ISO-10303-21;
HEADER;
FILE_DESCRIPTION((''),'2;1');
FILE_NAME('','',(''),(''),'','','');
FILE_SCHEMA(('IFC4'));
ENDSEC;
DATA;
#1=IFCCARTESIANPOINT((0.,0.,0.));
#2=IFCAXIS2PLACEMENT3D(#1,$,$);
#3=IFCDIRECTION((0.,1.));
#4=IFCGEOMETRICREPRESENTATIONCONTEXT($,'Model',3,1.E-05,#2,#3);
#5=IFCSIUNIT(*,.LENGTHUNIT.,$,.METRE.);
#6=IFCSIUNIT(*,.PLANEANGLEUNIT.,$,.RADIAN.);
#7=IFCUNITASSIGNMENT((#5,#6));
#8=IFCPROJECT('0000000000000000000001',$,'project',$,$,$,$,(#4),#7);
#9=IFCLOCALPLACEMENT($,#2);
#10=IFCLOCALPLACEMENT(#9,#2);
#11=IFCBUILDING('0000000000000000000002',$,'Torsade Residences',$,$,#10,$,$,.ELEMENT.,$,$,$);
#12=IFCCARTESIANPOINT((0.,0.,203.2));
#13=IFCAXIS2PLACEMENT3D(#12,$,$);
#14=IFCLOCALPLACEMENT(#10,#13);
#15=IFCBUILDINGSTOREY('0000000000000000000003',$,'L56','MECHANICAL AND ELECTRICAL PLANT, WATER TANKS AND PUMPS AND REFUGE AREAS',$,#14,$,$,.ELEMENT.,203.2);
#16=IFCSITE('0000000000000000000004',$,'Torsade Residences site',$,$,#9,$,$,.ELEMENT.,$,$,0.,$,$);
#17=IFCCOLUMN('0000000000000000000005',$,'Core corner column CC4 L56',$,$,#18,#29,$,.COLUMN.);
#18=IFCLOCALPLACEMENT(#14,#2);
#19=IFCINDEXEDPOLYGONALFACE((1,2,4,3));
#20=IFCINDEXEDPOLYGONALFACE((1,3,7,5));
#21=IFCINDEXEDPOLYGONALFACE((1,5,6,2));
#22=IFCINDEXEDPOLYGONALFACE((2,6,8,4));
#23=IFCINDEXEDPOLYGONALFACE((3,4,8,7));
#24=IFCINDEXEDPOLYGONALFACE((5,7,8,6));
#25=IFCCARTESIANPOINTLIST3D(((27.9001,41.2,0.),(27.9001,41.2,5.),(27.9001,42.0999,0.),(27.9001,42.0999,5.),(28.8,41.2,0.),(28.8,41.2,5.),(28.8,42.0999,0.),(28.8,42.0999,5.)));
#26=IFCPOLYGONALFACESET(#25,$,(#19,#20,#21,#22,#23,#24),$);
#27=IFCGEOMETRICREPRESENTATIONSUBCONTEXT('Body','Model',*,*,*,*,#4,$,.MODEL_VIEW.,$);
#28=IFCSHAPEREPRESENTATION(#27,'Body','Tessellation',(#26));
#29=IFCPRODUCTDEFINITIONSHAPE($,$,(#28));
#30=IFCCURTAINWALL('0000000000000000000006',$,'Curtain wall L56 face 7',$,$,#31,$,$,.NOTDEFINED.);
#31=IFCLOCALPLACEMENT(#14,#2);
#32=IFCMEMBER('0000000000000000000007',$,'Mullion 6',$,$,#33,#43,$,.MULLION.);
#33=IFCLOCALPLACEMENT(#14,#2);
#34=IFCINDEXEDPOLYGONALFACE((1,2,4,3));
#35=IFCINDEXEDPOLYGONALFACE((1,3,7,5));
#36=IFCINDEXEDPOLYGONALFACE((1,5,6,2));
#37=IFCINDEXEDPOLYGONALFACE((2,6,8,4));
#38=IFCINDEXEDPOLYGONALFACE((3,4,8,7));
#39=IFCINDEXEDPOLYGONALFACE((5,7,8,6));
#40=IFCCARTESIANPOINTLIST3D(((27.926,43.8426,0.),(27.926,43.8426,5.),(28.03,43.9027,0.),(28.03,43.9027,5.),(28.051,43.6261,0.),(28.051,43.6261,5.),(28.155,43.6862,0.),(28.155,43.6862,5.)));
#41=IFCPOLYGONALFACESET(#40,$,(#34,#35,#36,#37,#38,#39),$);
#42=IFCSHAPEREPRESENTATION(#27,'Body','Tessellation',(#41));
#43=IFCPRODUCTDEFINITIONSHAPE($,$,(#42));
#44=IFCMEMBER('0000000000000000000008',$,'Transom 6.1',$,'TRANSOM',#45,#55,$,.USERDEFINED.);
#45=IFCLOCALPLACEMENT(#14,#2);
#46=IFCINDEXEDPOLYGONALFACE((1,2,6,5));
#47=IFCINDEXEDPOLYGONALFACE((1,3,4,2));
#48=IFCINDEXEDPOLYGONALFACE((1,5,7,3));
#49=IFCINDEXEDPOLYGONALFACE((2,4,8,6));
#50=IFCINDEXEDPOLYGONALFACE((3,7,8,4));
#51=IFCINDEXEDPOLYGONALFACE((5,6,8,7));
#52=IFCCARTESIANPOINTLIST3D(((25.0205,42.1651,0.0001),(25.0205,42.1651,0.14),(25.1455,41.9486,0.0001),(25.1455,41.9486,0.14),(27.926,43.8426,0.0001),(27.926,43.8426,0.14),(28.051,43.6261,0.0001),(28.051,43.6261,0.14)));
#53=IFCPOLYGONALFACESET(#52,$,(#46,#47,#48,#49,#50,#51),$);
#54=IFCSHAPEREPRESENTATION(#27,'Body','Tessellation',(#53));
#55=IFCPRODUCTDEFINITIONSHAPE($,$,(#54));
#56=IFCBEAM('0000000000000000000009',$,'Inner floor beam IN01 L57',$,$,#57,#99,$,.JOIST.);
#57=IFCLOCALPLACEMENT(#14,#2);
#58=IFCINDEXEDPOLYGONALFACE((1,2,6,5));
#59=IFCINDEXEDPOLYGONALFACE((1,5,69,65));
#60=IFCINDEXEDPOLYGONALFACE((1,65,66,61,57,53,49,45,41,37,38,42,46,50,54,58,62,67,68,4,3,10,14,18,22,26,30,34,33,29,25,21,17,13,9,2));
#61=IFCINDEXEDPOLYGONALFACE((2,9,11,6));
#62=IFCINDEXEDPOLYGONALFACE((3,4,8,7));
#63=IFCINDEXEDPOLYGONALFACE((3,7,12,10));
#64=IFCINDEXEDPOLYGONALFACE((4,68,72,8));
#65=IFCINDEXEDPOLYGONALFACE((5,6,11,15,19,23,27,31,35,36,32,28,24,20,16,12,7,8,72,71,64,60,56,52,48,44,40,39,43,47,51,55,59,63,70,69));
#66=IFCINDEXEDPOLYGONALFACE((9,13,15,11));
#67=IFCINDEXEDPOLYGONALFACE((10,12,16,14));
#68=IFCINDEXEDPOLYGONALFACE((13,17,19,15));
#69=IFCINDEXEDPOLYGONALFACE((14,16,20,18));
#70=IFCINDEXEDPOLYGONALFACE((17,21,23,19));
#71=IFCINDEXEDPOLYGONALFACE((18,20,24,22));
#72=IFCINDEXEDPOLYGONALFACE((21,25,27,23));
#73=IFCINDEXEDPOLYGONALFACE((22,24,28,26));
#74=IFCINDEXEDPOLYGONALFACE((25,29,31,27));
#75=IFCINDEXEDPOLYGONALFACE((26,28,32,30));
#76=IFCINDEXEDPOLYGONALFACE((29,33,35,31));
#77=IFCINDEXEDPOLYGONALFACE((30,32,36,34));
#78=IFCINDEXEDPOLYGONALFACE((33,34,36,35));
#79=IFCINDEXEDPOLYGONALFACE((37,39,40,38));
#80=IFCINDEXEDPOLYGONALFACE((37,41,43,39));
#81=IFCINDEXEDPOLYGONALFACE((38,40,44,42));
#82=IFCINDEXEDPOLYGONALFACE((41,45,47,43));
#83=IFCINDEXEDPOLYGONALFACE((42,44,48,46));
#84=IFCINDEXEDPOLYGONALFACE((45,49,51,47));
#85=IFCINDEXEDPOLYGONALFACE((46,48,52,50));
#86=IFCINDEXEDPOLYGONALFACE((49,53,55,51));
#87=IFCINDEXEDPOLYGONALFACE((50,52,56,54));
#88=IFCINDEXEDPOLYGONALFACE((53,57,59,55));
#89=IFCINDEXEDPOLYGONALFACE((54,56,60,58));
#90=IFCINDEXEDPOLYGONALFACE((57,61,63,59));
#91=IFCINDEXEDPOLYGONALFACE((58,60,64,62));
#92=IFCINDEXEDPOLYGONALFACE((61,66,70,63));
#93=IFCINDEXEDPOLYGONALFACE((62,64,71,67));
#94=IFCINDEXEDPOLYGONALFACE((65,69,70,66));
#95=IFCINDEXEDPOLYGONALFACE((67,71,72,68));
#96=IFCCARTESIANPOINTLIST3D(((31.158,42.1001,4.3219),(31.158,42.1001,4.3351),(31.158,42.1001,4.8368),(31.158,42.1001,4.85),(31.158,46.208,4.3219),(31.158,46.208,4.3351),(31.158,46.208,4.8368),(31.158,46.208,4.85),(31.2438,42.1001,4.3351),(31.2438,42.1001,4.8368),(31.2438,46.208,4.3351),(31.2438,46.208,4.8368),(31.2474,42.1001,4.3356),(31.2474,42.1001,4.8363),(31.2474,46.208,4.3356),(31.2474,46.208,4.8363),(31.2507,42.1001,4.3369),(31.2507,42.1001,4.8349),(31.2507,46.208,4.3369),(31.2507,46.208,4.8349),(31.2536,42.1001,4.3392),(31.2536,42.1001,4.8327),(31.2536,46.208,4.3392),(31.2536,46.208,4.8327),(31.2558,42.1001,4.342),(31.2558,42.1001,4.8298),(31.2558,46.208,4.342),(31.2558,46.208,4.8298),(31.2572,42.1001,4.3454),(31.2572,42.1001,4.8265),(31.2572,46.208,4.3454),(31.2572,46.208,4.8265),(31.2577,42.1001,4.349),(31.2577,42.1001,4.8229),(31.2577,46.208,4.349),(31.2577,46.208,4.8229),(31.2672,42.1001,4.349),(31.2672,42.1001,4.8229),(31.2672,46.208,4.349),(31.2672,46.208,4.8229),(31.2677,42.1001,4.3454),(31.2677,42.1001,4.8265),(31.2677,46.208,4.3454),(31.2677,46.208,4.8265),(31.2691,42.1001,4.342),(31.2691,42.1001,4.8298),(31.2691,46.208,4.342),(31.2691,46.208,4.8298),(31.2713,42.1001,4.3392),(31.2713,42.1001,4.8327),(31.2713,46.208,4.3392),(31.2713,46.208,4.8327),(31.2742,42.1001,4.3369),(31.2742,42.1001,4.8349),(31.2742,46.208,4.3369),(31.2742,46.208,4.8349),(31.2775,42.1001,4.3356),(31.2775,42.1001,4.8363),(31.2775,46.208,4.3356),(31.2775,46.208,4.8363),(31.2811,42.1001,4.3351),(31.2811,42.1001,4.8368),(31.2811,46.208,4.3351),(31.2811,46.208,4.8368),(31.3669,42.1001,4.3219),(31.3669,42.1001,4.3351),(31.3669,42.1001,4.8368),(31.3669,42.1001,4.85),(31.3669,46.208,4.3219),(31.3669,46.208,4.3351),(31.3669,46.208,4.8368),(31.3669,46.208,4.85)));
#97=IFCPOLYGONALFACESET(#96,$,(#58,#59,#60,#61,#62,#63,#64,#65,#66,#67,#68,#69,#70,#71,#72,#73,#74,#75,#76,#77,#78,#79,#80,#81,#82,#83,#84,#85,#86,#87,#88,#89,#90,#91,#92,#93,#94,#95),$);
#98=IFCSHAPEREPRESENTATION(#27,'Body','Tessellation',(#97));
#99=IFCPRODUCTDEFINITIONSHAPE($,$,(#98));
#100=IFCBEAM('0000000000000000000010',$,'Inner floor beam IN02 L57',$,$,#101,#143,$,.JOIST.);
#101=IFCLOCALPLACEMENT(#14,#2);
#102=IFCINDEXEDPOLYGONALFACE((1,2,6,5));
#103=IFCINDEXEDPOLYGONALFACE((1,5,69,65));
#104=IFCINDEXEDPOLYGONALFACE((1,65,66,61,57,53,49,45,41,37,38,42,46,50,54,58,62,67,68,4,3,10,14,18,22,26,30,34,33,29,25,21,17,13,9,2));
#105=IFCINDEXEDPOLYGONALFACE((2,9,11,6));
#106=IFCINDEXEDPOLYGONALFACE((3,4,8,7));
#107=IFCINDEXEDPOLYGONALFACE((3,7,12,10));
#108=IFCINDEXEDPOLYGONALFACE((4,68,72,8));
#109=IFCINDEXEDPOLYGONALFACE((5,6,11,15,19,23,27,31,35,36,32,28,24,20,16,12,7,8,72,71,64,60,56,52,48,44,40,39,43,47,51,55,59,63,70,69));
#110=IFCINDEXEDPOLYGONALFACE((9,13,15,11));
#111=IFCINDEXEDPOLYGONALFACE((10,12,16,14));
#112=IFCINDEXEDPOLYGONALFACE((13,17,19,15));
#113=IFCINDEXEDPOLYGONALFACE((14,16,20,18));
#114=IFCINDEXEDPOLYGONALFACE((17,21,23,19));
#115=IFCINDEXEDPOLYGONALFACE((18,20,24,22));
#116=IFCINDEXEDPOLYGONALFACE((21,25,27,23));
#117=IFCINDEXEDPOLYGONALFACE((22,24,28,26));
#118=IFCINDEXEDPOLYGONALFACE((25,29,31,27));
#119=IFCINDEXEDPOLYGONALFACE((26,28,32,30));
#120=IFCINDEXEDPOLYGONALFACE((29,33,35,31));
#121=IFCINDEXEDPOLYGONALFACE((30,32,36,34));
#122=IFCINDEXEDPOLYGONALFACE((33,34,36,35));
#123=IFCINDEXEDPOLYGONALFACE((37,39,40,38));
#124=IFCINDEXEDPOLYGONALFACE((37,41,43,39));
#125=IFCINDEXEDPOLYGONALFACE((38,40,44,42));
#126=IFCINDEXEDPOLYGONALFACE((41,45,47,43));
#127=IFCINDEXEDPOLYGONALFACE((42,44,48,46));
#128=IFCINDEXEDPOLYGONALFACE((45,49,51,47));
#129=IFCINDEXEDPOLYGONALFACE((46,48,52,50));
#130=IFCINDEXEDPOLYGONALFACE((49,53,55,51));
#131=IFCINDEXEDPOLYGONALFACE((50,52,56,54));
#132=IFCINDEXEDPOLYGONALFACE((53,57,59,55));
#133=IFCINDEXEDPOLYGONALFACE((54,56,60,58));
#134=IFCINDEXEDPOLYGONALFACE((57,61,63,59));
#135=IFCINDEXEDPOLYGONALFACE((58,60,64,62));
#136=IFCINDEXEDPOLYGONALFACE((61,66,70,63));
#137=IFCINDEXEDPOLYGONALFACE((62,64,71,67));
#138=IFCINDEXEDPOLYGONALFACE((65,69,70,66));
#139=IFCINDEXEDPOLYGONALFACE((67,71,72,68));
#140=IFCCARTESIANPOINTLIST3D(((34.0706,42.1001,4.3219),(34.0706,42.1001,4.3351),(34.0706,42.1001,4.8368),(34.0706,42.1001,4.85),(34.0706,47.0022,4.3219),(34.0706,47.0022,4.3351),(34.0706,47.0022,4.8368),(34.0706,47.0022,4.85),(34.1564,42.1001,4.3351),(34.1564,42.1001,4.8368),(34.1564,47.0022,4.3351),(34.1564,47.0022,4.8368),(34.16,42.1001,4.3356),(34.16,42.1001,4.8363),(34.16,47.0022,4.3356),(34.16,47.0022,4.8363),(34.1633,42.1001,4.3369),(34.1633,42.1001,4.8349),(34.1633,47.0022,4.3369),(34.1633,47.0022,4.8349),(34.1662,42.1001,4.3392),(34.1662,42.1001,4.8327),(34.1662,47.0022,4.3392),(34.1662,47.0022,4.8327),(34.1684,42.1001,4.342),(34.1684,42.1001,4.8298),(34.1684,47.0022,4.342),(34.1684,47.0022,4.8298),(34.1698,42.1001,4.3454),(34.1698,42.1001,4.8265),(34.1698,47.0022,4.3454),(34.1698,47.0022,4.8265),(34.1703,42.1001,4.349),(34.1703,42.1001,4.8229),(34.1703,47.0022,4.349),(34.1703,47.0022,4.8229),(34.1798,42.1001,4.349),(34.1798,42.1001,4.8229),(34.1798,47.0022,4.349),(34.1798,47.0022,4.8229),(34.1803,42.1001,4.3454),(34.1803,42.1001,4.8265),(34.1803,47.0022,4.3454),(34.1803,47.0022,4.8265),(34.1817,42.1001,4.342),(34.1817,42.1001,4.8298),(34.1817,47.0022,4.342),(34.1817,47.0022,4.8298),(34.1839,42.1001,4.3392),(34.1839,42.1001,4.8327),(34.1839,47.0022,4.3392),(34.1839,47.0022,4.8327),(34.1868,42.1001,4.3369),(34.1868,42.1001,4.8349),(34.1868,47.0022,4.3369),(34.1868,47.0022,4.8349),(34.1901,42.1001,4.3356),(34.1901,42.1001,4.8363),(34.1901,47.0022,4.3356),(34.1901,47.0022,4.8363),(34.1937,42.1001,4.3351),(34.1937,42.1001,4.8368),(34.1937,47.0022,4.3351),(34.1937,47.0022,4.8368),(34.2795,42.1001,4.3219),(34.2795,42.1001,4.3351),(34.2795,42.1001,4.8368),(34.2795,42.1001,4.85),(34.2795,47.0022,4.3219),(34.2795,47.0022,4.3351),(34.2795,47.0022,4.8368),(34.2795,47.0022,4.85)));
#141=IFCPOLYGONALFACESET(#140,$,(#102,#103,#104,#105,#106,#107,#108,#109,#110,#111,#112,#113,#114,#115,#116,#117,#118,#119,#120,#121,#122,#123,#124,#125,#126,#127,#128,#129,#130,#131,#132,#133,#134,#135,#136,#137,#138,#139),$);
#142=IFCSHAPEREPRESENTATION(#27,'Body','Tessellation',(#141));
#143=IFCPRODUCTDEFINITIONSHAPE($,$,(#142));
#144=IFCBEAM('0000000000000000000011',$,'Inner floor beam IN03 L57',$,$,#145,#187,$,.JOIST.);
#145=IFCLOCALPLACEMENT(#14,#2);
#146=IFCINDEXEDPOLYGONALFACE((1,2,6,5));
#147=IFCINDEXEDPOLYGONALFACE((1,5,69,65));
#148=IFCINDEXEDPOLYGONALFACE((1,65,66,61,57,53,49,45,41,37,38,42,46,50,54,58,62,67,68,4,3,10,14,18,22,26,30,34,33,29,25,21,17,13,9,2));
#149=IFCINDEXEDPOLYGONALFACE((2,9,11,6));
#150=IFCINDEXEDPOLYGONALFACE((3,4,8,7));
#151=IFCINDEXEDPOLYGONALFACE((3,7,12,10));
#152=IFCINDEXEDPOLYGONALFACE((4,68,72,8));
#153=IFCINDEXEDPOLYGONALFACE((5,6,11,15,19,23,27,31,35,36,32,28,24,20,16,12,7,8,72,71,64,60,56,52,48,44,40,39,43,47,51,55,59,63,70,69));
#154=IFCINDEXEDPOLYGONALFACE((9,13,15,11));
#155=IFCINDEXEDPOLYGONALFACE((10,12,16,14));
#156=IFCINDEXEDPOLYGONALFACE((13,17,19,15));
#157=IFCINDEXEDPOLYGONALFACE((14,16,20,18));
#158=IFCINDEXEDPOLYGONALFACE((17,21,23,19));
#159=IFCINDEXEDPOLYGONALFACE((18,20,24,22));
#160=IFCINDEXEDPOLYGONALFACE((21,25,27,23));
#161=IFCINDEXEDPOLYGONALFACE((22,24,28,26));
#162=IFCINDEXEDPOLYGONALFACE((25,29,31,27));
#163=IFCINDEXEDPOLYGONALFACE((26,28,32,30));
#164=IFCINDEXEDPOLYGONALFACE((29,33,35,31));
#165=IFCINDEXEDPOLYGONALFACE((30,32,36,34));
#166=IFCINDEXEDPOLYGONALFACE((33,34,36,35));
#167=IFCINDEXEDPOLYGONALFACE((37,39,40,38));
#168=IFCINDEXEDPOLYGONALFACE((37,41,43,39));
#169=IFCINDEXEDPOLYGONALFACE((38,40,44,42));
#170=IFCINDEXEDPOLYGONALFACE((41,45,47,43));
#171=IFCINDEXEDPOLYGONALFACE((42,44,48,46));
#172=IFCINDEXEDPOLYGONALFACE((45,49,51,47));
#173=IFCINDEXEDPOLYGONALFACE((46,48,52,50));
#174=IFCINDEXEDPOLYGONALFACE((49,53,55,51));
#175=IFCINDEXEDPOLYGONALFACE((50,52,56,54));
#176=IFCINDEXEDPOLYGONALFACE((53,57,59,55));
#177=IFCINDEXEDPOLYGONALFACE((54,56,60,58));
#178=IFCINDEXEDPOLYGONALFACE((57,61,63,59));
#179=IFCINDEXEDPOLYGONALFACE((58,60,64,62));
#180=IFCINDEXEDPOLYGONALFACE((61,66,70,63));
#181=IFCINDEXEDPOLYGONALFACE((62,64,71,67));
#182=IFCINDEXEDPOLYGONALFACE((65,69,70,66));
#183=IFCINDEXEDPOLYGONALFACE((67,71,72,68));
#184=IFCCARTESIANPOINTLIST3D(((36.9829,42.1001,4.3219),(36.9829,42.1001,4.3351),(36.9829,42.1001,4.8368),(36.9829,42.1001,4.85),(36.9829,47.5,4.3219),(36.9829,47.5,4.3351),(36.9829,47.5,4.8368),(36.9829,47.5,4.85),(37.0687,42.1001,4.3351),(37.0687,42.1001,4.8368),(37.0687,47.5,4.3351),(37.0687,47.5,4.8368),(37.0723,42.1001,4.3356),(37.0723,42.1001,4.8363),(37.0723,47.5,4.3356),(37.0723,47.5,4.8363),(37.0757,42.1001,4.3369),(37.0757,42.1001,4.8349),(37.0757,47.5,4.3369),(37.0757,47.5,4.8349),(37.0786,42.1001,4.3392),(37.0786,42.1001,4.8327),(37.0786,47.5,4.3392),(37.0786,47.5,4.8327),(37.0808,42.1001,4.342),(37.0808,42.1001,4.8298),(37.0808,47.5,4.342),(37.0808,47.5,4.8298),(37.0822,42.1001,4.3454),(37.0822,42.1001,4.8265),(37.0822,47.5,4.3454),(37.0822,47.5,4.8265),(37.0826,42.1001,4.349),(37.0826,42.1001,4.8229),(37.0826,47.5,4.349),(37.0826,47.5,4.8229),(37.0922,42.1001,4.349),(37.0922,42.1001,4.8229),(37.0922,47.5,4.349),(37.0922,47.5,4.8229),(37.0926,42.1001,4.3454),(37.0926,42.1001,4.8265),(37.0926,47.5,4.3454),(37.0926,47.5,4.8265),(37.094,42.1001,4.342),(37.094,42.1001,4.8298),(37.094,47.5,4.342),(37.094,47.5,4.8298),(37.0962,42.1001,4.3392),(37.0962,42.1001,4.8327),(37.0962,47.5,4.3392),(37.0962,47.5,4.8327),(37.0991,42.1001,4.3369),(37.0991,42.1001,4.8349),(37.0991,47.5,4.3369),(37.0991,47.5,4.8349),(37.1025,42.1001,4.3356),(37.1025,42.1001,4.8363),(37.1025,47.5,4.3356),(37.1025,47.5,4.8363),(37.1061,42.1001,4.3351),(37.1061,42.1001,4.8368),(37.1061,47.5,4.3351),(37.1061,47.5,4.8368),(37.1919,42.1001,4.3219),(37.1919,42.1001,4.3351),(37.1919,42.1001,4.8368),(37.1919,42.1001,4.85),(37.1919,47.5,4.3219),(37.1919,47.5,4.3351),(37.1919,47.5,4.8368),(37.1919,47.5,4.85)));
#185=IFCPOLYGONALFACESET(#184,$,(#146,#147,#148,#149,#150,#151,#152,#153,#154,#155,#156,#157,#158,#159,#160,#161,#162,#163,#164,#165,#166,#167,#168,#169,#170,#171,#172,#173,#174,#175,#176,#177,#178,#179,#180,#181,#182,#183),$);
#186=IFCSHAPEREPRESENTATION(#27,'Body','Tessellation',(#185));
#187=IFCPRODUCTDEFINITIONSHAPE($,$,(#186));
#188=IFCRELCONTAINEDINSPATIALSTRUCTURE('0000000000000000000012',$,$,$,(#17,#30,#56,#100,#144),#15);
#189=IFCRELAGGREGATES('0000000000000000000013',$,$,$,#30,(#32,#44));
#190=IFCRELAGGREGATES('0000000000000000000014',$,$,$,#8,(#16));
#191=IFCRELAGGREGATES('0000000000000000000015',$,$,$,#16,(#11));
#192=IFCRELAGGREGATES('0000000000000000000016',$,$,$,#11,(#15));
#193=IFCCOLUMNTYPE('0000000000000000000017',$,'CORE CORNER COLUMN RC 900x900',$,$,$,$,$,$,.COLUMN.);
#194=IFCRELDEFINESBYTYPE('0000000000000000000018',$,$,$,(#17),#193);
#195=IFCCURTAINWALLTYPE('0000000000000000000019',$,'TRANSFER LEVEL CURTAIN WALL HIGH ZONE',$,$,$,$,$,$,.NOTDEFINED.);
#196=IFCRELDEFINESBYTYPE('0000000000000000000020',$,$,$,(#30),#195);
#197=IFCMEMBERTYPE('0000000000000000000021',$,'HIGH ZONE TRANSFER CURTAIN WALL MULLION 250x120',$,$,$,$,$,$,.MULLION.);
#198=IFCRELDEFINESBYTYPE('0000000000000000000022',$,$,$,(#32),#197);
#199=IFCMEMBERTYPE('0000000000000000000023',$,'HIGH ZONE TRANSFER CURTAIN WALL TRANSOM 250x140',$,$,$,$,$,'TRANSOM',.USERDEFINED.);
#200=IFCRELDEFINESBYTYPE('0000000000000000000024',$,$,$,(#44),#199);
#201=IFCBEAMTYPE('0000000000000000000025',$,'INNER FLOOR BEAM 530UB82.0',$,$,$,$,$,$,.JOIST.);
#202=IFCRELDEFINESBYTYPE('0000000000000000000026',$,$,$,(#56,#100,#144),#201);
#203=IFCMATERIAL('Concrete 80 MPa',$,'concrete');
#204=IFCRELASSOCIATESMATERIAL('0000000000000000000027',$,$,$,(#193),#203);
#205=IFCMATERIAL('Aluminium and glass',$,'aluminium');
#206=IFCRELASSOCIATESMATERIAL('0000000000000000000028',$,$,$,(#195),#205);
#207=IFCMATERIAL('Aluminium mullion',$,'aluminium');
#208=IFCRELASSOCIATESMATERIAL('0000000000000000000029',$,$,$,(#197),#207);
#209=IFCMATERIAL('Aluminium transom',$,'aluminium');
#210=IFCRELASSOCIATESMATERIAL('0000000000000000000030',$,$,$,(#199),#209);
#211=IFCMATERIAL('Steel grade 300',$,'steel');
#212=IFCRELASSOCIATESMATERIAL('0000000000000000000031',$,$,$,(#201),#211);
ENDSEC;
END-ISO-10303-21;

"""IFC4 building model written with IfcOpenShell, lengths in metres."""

from ifc_helpers import new_model, si_unit, direction, frame, origin, origin_2d, place, context, subcontext, project, spatial, rectangle, i_section, extrude, material, material_profile, profile_set, type_object, element, aggregate, save


model = new_model("IFC4")

# Units and contexts
model_context = context("Model", 3, precision=1e-05, world=origin(), true_north=direction((0.0, 1.0)))
body_context = subcontext(model_context, "Body", "Model", "MODEL_VIEW")
ifc_project = project(units=[si_unit("LENGTHUNIT", "METRE"), si_unit("PLANEANGLEUNIT", "RADIAN")], contexts=[model_context])

# Site, building, storey
site_placement = place(None, origin())
site = spatial("IfcSite", under=ifc_project, at=site_placement, Name="Torsade Residences site", CompositionType="ELEMENT", RefElevation=0.0)
building_placement = place(site_placement, origin())
building = spatial("IfcBuilding", under=site, at=building_placement, Name="Torsade Residences", CompositionType="ELEMENT")
storey_placement = place(building_placement, frame((0.0, 0.0, 203.2)))
storey = spatial("IfcBuildingStorey", under=building, at=storey_placement, Name="L56", Description="MECHANICAL AND ELECTRICAL PLANT, WATER TANKS AND PUMPS AND REFUGE AREAS", CompositionType="ELEMENT", Elevation=203.2)

# Column
ifc_material_1 = material(Name="Concrete 80 MPa", Category="concrete")
ifc_material_profile_1 = material_profile(ifc_material_1, rectangle(XDim=0.8999, YDim=0.8999, at=origin_2d()), Name="RC 900x900")
ifc_profile_set_1 = profile_set([ifc_material_profile_1], Name="Concrete 80 MPa")
column_type = type_object("IfcColumnType", Name="CORE CORNER COLUMN RC 900x900", PredefinedType="COLUMN", material=ifc_profile_set_1)
column_placement = place(storey_placement, frame((28.3501, 41.6499, 0.0), z_axis=(0.0, 0.0, 1.0), x_axis=(1.0, 0.0, 0.0)))
element("IfcColumn", 1, at=column_placement, inside=storey, type_object=column_type, Name="Core corner column CC4 L56", PredefinedType="COLUMN", context=body_context, shape_type="SweptSolid", body=[
    extrude(rectangle(XDim=0.8999, YDim=0.8999, at=origin_2d()), origin(), (0.0, 0.0, 1.0), 5.0),
])

# Curtain wall, members
ifc_material_2 = material(Name="Aluminium and glass", Category="aluminium")
curtain_wall_type = type_object("IfcCurtainWallType", Name="TRANSFER LEVEL CURTAIN WALL HIGH ZONE", PredefinedType="NOTDEFINED", material=ifc_material_2)
curtain_wall_placement = place(storey_placement, origin())
curtain_wall = element("IfcCurtainWall", 2, at=curtain_wall_placement, inside=storey, type_object=curtain_wall_type, Name="Curtain wall L56 face 7", PredefinedType="NOTDEFINED")
ifc_material_3 = material(Name="Aluminium mullion", Category="aluminium")
ifc_material_profile_2 = material_profile(ifc_material_3, rectangle(XDim=0.25, YDim=0.1201, at=origin_2d()), Name="HIGH ZONE TRANSFER CURTAIN WALL MULLION 250x120")
ifc_profile_set_2 = profile_set([ifc_material_profile_2], Name="Aluminium mullion")
member_type_1 = type_object("IfcMemberType", Name="HIGH ZONE TRANSFER CURTAIN WALL MULLION 250x120", PredefinedType="MULLION", material=ifc_profile_set_2)
member_1_placement = place(storey_placement, frame((28.0405, 43.7644, 0.0), z_axis=(0.0, 0.0, 1.0), x_axis=(0.5, -0.866025, 0.0)))
member_1 = element("IfcMember", 3, at=member_1_placement, type_object=member_type_1, Name="Mullion 6", PredefinedType="MULLION", context=body_context, shape_type="SweptSolid", body=[
    extrude(rectangle(XDim=0.25, YDim=0.1201, at=origin_2d()), origin(), (0.0, 0.0, 1.0), 5.0),
])
ifc_material_4 = material(Name="Aluminium transom", Category="aluminium")
ifc_material_profile_3 = material_profile(ifc_material_4, rectangle(XDim=0.25, YDim=0.1399, at=origin_2d()), Name="HIGH ZONE TRANSFER CURTAIN WALL TRANSOM 250x140")
ifc_profile_set_3 = profile_set([ifc_material_profile_3], Name="Aluminium transom")
member_type_2 = type_object("IfcMemberType", Name="HIGH ZONE TRANSFER CURTAIN WALL TRANSOM 250x140", ElementType="TRANSOM", PredefinedType="USERDEFINED", material=ifc_profile_set_3)
member_2_placement = place(storey_placement, frame((27.9885, 43.7344, 0.0701), z_axis=(-0.866027, -0.499998, 0.0), x_axis=(0.499998, -0.866027, 0.0)))
member_2 = element("IfcMember", 4, at=member_2_placement, type_object=member_type_2, Name="Transom 6.1", ObjectType="TRANSOM", PredefinedType="USERDEFINED", context=body_context, shape_type="SweptSolid", body=[
    extrude(rectangle(XDim=0.25, YDim=0.1399, at=origin_2d()), origin(), (0.0, 0.0, 1.0), 3.355),
])
aggregate(curtain_wall, [member_1, member_2])

# Beams
ifc_material_5 = material(Name="Steel grade 300", Category="steel")
ifc_material_profile_4 = material_profile(ifc_material_5, i_section(OverallWidth=0.209, OverallDepth=0.5281, WebThickness=0.0095, FlangeThickness=0.0132, FilletRadius=0.0139, at=origin_2d()), Name="530UB82.0")
ifc_profile_set_4 = profile_set([ifc_material_profile_4], Name="Steel grade 300")
beam_type = type_object("IfcBeamType", Name="INNER FLOOR BEAM 530UB82.0", PredefinedType="JOIST", material=ifc_profile_set_4)
beam_1_placement = place(storey_placement, frame((31.2625, 42.1001, 4.5859), z_axis=(0.0, 1.0, 0.0), x_axis=(-1.0, 0.0, 0.0)))
element("IfcBeam", 5, at=beam_1_placement, inside=storey, type_object=beam_type, Name="Inner floor beam IN01 L57", PredefinedType="JOIST", context=body_context, shape_type="SweptSolid", body=[
    extrude(i_section(OverallWidth=0.209, OverallDepth=0.5281, WebThickness=0.0095, FlangeThickness=0.0132, FilletRadius=0.0139, at=origin_2d()), origin(), (0.0, 0.0, 1.0), 4.1079),
])
beam_2_placement = place(storey_placement, frame((34.175, 42.1001, 4.5859), z_axis=(0.0, 1.0, 0.0), x_axis=(-1.0, 0.0, 0.0)))
element("IfcBeam", 6, at=beam_2_placement, inside=storey, type_object=beam_type, Name="Inner floor beam IN02 L57", PredefinedType="JOIST", context=body_context, shape_type="SweptSolid", body=[
    extrude(i_section(OverallWidth=0.209, OverallDepth=0.5281, WebThickness=0.0095, FlangeThickness=0.0132, FilletRadius=0.0139, at=origin_2d()), origin(), (0.0, 0.0, 1.0), 4.9021),
])
beam_3_placement = place(storey_placement, frame((37.0874, 42.1001, 4.5859), z_axis=(0.0, 1.0, 0.0), x_axis=(-1.0, 0.0, 0.0)))
element("IfcBeam", 7, at=beam_3_placement, inside=storey, type_object=beam_type, Name="Inner floor beam IN03 L57", PredefinedType="JOIST", context=body_context, shape_type="SweptSolid", body=[
    extrude(i_section(OverallWidth=0.209, OverallDepth=0.5281, WebThickness=0.0095, FlangeThickness=0.0132, FilletRadius=0.0139, at=origin_2d()), origin(), (0.0, 0.0, 1.0), 5.3999),
])

save(model, "model.ifc")
